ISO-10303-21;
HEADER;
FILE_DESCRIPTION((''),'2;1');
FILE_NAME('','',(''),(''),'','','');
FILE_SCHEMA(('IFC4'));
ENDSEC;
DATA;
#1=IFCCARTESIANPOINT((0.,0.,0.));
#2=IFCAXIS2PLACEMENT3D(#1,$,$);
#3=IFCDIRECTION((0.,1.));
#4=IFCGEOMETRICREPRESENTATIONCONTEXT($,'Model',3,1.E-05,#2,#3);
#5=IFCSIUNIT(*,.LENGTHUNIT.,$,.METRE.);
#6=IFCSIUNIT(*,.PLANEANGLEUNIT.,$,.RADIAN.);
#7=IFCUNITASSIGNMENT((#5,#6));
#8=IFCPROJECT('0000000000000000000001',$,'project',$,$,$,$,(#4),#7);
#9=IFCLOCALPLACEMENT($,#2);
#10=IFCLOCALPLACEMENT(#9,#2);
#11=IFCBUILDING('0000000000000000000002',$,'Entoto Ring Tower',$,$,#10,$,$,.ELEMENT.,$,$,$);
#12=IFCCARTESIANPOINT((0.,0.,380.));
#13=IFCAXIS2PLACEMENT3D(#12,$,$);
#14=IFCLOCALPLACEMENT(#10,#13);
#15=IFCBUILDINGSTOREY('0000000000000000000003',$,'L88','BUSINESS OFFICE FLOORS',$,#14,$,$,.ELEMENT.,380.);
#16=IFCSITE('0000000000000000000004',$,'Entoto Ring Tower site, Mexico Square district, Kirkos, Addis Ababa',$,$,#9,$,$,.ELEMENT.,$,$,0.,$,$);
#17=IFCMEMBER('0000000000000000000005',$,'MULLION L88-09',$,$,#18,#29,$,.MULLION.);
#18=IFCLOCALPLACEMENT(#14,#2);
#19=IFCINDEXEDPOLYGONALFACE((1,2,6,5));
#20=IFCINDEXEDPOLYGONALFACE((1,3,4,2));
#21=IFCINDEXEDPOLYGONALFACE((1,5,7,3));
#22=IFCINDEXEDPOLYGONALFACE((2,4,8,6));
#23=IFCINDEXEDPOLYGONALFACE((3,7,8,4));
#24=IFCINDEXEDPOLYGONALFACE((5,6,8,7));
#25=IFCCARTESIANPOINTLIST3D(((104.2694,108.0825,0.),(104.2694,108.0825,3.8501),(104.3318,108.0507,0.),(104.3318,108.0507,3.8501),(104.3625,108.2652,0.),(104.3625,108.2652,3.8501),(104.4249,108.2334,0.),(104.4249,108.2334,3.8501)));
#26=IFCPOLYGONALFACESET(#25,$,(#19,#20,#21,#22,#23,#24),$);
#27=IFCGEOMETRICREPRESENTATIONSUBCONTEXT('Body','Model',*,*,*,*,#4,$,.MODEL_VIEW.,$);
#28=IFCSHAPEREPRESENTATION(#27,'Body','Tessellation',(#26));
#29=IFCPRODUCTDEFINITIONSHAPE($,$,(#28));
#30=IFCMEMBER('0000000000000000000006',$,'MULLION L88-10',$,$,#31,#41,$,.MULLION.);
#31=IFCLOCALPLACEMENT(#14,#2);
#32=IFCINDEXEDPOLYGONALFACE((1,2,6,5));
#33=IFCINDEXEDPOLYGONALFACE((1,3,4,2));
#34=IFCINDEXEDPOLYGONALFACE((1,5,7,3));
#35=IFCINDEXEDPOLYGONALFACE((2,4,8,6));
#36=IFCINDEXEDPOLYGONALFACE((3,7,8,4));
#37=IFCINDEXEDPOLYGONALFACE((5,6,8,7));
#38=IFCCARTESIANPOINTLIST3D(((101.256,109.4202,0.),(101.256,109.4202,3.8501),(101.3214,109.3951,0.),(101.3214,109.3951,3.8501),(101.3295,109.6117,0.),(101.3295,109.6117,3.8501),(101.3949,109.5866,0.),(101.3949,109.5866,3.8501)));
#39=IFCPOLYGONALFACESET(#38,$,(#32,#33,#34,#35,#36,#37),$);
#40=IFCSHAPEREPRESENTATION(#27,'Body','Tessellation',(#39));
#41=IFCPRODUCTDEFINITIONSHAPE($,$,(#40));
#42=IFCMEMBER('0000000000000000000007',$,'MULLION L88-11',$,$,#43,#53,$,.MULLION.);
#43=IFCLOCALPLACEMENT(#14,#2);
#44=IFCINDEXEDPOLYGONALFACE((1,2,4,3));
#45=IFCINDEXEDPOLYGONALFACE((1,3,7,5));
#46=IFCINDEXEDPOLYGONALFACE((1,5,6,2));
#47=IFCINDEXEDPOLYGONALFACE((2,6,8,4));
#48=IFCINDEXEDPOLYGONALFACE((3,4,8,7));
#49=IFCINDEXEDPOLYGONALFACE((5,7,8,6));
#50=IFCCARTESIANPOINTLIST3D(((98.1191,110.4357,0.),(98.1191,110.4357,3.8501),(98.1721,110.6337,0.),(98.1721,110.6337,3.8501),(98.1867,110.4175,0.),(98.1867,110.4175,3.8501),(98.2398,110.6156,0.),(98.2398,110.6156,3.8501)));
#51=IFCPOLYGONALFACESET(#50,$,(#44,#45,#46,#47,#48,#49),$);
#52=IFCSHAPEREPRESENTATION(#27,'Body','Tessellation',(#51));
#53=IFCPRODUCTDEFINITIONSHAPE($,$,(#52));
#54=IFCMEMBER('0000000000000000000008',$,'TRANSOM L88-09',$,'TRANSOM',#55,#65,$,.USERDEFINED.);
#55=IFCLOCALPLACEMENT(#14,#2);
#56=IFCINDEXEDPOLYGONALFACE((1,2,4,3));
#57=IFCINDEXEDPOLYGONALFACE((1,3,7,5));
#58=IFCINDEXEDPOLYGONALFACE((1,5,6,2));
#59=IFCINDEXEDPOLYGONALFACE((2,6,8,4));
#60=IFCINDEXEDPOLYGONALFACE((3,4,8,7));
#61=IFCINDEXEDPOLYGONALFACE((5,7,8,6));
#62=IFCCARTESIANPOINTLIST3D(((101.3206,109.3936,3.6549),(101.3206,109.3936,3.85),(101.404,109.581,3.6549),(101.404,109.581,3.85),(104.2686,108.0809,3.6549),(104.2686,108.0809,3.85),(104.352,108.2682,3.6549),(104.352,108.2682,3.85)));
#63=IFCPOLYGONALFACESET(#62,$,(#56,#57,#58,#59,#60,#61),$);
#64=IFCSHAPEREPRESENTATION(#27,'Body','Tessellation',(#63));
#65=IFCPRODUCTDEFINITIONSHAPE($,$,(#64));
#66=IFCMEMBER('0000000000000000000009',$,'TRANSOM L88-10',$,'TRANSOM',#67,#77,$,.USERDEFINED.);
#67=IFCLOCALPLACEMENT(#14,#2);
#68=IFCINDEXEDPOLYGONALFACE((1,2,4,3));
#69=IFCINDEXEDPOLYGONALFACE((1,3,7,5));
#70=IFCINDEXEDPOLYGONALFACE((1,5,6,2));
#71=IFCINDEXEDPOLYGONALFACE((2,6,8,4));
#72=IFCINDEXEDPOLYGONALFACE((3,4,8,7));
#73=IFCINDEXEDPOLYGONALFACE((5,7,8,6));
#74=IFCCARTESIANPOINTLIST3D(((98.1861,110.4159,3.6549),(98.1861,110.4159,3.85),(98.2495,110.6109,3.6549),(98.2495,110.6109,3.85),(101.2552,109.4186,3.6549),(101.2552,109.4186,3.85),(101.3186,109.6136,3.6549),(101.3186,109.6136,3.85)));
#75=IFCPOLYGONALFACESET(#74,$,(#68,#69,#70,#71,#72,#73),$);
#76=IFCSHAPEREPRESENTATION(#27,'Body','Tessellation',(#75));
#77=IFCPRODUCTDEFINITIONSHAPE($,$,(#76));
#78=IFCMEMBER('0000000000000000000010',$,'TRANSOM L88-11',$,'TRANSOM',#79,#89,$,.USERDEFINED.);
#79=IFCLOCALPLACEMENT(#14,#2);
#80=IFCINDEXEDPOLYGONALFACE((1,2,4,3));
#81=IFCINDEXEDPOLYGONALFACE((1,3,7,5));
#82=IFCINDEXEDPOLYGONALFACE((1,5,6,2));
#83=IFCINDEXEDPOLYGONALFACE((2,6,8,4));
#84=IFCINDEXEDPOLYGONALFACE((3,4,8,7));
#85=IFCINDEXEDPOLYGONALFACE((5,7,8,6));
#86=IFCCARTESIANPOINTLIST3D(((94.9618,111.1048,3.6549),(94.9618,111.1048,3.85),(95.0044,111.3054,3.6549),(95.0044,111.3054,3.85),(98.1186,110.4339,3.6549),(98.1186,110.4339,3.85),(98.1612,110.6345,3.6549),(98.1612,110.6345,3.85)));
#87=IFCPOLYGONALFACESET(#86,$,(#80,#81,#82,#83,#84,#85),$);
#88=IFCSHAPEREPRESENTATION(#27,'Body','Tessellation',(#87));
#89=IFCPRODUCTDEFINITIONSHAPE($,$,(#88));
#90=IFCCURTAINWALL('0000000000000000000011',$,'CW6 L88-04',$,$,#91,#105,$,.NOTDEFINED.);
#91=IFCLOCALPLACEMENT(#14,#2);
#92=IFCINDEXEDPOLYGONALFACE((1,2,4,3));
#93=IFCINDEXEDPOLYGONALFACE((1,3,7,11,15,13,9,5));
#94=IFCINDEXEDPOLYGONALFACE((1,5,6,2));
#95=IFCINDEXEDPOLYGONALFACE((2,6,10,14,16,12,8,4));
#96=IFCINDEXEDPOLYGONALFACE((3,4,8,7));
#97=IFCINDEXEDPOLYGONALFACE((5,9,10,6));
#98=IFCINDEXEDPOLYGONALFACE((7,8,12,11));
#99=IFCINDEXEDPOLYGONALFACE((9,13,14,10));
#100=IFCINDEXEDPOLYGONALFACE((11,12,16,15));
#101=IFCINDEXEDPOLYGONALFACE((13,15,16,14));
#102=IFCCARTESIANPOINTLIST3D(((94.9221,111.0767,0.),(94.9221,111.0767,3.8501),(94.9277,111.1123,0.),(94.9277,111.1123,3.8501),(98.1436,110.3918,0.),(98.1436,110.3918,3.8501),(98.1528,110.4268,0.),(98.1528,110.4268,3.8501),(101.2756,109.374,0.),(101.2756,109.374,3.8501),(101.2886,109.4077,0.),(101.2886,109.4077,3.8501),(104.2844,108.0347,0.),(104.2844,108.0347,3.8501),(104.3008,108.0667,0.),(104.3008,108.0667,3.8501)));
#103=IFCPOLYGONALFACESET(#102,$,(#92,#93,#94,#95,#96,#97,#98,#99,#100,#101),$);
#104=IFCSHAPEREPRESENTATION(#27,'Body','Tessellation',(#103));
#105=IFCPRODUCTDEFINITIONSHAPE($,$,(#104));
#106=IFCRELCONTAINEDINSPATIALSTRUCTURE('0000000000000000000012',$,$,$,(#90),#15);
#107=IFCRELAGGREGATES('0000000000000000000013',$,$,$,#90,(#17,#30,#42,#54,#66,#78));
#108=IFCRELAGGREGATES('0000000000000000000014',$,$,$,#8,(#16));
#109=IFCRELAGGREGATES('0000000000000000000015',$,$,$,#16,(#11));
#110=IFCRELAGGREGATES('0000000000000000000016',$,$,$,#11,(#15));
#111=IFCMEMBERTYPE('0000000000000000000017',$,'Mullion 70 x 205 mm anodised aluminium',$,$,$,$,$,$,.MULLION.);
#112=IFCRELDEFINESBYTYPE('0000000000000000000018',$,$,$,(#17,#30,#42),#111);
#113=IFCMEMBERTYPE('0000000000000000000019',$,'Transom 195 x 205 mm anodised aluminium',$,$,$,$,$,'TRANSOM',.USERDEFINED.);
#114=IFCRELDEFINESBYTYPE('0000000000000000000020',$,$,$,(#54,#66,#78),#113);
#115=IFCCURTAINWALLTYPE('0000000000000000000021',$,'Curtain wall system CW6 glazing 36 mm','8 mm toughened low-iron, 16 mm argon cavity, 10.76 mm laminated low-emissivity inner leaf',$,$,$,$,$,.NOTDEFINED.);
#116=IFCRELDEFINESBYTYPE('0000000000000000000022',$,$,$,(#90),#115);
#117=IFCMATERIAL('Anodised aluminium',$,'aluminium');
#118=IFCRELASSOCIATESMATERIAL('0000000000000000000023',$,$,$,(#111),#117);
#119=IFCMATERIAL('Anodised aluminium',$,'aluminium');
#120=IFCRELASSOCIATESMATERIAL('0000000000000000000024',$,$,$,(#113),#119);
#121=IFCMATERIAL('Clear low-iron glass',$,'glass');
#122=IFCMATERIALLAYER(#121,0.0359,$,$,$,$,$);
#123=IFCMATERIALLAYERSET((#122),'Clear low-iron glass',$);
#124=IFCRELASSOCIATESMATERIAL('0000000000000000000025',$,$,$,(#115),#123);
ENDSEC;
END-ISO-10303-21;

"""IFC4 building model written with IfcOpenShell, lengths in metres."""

from ifc_helpers import new_model, si_unit, direction, frame, origin, origin_2d, place, context, subcontext, project, spatial, polyline, rectangle, outline, extrude, material, layer, layer_set, material_profile, profile_set, type_object, element, aggregate, save


model = new_model("IFC4")

# Units and contexts
model_context = context("Model", 3, precision=1e-05, world=origin(), true_north=direction((0.0, 1.0)))
body_context = subcontext(model_context, "Body", "Model", "MODEL_VIEW")
ifc_project = project(units=[si_unit("LENGTHUNIT", "METRE"), si_unit("PLANEANGLEUNIT", "RADIAN")], contexts=[model_context])

# Members
ifc_material_1 = material(Name="Anodised aluminium", Category="aluminium")
ifc_material_profile_1 = material_profile(ifc_material_1, rectangle(XDim=0.0701, YDim=0.2051, at=origin_2d()), Name="Mullion 70 x 205 mm anodised aluminium")
ifc_profile_set_1 = profile_set([ifc_material_profile_1], Name="Anodised aluminium")
member_type_1 = type_object("IfcMemberType", Name="Mullion 70 x 205 mm anodised aluminium", PredefinedType="MULLION", material=ifc_profile_set_1)
site_placement = place(None, origin())
building_placement = place(site_placement, origin())
storey_placement = place(building_placement, frame((0.0, 0.0, 380.0)))
member_1_placement = place(storey_placement, frame((104.3472, 108.158, 0.0), z_axis=(0.0, 0.0, 1.0), x_axis=(-0.891007, 0.45399, 0.0)))
member_1 = element("IfcMember", 1, at=member_1_placement, type_object=member_type_1, Name="MULLION L88-09", PredefinedType="MULLION", context=body_context, shape_type="SweptSolid", body=[
    extrude(rectangle(XDim=0.0701, YDim=0.2051, at=origin_2d()), origin(), (0.0, 0.0, 1.0), 3.8501),
])
member_2_placement = place(storey_placement, frame((101.3254, 109.5034, 0.0), z_axis=(0.0, 0.0, 1.0), x_axis=(-0.93358, 0.358368, 0.0)))
member_2 = element("IfcMember", 2, at=member_2_placement, type_object=member_type_1, Name="MULLION L88-10", PredefinedType="MULLION", context=body_context, shape_type="SweptSolid", body=[
    extrude(rectangle(XDim=0.0701, YDim=0.2051, at=origin_2d()), origin(), (0.0, 0.0, 1.0), 3.8501),
])
member_3_placement = place(storey_placement, frame((98.1794, 110.5256, 0.0), z_axis=(0.0, 0.0, 1.0), x_axis=(-0.965926, 0.258819, 0.0)))
member_3 = element("IfcMember", 3, at=member_3_placement, type_object=member_type_1, Name="MULLION L88-11", PredefinedType="MULLION", context=body_context, shape_type="SweptSolid", body=[
    extrude(rectangle(XDim=0.0701, YDim=0.2051, at=origin_2d()), origin(), (0.0, 0.0, 1.0), 3.8501),
])
ifc_material_2 = material(Name="Anodised aluminium", Category="aluminium")
ifc_material_profile_2 = material_profile(ifc_material_2, rectangle(XDim=0.2051, YDim=0.1951, at=origin_2d()), Name="Transom 195 x 205 mm anodised aluminium")
ifc_profile_set_2 = profile_set([ifc_material_profile_2], Name="Anodised aluminium")
member_type_2 = type_object("IfcMemberType", Name="Transom 195 x 205 mm anodised aluminium", ElementType="TRANSOM", PredefinedType="USERDEFINED", material=ifc_profile_set_2)
member_4_placement = place(storey_placement, frame((104.3103, 108.1746, 3.7524), z_axis=(-0.913521, 0.406791, 0.0), x_axis=(-0.406791, -0.913521, 0.0)))
member_4 = element("IfcMember", 4, at=member_4_placement, type_object=member_type_2, Name="TRANSOM L88-09", ObjectType="TRANSOM", PredefinedType="USERDEFINED", context=body_context, shape_type="SweptSolid", body=[
    extrude(rectangle(XDim=0.2051, YDim=0.1951, at=origin_2d()), origin(), (0.0, 0.0, 1.0), 3.2271),
])
member_5_placement = place(storey_placement, frame((101.2869, 109.5161, 3.7524), z_axis=(-0.951047, 0.309047, 0.0), x_axis=(-0.309047, -0.951047, 0.0)))
member_5 = element("IfcMember", 5, at=member_5_placement, type_object=member_type_2, Name="TRANSOM L88-10", ObjectType="TRANSOM", PredefinedType="USERDEFINED", context=body_context, shape_type="SweptSolid", body=[
    extrude(rectangle(XDim=0.2051, YDim=0.1951, at=origin_2d()), origin(), (0.0, 0.0, 1.0), 3.2271),
])
member_6_placement = place(storey_placement, frame((98.1399, 110.5342, 3.7524), z_axis=(-0.978153, 0.207886, 0.0), x_axis=(-0.207886, -0.978153, 0.0)))
member_6 = element("IfcMember", 6, at=member_6_placement, type_object=member_type_2, Name="TRANSOM L88-11", ObjectType="TRANSOM", PredefinedType="USERDEFINED", context=body_context, shape_type="SweptSolid", body=[
    extrude(rectangle(XDim=0.2051, YDim=0.1951, at=origin_2d()), origin(), (0.0, 0.0, 1.0), 3.2273),
])

# Site, building, storey
site = spatial("IfcSite", under=ifc_project, at=site_placement, Name="Entoto Ring Tower site, Mexico Square district, Kirkos, Addis Ababa", CompositionType="ELEMENT", RefElevation=0.0)
building = spatial("IfcBuilding", under=site, at=building_placement, Name="Entoto Ring Tower", CompositionType="ELEMENT")
storey = spatial("IfcBuildingStorey", under=building, at=storey_placement, Name="L88", Description="BUSINESS OFFICE FLOORS", CompositionType="ELEMENT", Elevation=380.0)

# Curtain wall
ifc_material_3 = material(Name="Clear low-iron glass", Category="glass")
ifc_layer = layer(ifc_material_3, 0.0359)
ifc_layer_set = layer_set([ifc_layer], Name="Clear low-iron glass")
curtain_wall_type = type_object("IfcCurtainWallType", Name="Curtain wall system CW6 glazing 36 mm", Description="8 mm toughened low-iron, 16 mm argon cavity, 10.76 mm laminated low-emissivity inner leaf", PredefinedType="NOTDEFINED", material=ifc_layer_set)
curtain_wall_1_placement = place(storey_placement, origin())
curtain_wall_1 = element("IfcCurtainWall", 7, at=curtain_wall_1_placement, inside=storey, type_object=curtain_wall_type, Name="CW6 L88-04", PredefinedType="NOTDEFINED", context=body_context, shape_type="SweptSolid", body=[
    extrude(outline(polyline([(104.3008, 108.0667), (101.2886, 109.4077), (98.1528, 110.4268), (94.9277, 111.1123), (94.9221, 111.0767), (98.1436, 110.3918), (101.2756, 109.374), (104.2844, 108.0347), (104.3008, 108.0667)])), origin(), (0.0, 0.0, 1.0), 3.8501),
])
aggregate(curtain_wall_1, [member_1, member_2, member_3, member_4, member_5, member_6])

save(model, "model.ifc")
